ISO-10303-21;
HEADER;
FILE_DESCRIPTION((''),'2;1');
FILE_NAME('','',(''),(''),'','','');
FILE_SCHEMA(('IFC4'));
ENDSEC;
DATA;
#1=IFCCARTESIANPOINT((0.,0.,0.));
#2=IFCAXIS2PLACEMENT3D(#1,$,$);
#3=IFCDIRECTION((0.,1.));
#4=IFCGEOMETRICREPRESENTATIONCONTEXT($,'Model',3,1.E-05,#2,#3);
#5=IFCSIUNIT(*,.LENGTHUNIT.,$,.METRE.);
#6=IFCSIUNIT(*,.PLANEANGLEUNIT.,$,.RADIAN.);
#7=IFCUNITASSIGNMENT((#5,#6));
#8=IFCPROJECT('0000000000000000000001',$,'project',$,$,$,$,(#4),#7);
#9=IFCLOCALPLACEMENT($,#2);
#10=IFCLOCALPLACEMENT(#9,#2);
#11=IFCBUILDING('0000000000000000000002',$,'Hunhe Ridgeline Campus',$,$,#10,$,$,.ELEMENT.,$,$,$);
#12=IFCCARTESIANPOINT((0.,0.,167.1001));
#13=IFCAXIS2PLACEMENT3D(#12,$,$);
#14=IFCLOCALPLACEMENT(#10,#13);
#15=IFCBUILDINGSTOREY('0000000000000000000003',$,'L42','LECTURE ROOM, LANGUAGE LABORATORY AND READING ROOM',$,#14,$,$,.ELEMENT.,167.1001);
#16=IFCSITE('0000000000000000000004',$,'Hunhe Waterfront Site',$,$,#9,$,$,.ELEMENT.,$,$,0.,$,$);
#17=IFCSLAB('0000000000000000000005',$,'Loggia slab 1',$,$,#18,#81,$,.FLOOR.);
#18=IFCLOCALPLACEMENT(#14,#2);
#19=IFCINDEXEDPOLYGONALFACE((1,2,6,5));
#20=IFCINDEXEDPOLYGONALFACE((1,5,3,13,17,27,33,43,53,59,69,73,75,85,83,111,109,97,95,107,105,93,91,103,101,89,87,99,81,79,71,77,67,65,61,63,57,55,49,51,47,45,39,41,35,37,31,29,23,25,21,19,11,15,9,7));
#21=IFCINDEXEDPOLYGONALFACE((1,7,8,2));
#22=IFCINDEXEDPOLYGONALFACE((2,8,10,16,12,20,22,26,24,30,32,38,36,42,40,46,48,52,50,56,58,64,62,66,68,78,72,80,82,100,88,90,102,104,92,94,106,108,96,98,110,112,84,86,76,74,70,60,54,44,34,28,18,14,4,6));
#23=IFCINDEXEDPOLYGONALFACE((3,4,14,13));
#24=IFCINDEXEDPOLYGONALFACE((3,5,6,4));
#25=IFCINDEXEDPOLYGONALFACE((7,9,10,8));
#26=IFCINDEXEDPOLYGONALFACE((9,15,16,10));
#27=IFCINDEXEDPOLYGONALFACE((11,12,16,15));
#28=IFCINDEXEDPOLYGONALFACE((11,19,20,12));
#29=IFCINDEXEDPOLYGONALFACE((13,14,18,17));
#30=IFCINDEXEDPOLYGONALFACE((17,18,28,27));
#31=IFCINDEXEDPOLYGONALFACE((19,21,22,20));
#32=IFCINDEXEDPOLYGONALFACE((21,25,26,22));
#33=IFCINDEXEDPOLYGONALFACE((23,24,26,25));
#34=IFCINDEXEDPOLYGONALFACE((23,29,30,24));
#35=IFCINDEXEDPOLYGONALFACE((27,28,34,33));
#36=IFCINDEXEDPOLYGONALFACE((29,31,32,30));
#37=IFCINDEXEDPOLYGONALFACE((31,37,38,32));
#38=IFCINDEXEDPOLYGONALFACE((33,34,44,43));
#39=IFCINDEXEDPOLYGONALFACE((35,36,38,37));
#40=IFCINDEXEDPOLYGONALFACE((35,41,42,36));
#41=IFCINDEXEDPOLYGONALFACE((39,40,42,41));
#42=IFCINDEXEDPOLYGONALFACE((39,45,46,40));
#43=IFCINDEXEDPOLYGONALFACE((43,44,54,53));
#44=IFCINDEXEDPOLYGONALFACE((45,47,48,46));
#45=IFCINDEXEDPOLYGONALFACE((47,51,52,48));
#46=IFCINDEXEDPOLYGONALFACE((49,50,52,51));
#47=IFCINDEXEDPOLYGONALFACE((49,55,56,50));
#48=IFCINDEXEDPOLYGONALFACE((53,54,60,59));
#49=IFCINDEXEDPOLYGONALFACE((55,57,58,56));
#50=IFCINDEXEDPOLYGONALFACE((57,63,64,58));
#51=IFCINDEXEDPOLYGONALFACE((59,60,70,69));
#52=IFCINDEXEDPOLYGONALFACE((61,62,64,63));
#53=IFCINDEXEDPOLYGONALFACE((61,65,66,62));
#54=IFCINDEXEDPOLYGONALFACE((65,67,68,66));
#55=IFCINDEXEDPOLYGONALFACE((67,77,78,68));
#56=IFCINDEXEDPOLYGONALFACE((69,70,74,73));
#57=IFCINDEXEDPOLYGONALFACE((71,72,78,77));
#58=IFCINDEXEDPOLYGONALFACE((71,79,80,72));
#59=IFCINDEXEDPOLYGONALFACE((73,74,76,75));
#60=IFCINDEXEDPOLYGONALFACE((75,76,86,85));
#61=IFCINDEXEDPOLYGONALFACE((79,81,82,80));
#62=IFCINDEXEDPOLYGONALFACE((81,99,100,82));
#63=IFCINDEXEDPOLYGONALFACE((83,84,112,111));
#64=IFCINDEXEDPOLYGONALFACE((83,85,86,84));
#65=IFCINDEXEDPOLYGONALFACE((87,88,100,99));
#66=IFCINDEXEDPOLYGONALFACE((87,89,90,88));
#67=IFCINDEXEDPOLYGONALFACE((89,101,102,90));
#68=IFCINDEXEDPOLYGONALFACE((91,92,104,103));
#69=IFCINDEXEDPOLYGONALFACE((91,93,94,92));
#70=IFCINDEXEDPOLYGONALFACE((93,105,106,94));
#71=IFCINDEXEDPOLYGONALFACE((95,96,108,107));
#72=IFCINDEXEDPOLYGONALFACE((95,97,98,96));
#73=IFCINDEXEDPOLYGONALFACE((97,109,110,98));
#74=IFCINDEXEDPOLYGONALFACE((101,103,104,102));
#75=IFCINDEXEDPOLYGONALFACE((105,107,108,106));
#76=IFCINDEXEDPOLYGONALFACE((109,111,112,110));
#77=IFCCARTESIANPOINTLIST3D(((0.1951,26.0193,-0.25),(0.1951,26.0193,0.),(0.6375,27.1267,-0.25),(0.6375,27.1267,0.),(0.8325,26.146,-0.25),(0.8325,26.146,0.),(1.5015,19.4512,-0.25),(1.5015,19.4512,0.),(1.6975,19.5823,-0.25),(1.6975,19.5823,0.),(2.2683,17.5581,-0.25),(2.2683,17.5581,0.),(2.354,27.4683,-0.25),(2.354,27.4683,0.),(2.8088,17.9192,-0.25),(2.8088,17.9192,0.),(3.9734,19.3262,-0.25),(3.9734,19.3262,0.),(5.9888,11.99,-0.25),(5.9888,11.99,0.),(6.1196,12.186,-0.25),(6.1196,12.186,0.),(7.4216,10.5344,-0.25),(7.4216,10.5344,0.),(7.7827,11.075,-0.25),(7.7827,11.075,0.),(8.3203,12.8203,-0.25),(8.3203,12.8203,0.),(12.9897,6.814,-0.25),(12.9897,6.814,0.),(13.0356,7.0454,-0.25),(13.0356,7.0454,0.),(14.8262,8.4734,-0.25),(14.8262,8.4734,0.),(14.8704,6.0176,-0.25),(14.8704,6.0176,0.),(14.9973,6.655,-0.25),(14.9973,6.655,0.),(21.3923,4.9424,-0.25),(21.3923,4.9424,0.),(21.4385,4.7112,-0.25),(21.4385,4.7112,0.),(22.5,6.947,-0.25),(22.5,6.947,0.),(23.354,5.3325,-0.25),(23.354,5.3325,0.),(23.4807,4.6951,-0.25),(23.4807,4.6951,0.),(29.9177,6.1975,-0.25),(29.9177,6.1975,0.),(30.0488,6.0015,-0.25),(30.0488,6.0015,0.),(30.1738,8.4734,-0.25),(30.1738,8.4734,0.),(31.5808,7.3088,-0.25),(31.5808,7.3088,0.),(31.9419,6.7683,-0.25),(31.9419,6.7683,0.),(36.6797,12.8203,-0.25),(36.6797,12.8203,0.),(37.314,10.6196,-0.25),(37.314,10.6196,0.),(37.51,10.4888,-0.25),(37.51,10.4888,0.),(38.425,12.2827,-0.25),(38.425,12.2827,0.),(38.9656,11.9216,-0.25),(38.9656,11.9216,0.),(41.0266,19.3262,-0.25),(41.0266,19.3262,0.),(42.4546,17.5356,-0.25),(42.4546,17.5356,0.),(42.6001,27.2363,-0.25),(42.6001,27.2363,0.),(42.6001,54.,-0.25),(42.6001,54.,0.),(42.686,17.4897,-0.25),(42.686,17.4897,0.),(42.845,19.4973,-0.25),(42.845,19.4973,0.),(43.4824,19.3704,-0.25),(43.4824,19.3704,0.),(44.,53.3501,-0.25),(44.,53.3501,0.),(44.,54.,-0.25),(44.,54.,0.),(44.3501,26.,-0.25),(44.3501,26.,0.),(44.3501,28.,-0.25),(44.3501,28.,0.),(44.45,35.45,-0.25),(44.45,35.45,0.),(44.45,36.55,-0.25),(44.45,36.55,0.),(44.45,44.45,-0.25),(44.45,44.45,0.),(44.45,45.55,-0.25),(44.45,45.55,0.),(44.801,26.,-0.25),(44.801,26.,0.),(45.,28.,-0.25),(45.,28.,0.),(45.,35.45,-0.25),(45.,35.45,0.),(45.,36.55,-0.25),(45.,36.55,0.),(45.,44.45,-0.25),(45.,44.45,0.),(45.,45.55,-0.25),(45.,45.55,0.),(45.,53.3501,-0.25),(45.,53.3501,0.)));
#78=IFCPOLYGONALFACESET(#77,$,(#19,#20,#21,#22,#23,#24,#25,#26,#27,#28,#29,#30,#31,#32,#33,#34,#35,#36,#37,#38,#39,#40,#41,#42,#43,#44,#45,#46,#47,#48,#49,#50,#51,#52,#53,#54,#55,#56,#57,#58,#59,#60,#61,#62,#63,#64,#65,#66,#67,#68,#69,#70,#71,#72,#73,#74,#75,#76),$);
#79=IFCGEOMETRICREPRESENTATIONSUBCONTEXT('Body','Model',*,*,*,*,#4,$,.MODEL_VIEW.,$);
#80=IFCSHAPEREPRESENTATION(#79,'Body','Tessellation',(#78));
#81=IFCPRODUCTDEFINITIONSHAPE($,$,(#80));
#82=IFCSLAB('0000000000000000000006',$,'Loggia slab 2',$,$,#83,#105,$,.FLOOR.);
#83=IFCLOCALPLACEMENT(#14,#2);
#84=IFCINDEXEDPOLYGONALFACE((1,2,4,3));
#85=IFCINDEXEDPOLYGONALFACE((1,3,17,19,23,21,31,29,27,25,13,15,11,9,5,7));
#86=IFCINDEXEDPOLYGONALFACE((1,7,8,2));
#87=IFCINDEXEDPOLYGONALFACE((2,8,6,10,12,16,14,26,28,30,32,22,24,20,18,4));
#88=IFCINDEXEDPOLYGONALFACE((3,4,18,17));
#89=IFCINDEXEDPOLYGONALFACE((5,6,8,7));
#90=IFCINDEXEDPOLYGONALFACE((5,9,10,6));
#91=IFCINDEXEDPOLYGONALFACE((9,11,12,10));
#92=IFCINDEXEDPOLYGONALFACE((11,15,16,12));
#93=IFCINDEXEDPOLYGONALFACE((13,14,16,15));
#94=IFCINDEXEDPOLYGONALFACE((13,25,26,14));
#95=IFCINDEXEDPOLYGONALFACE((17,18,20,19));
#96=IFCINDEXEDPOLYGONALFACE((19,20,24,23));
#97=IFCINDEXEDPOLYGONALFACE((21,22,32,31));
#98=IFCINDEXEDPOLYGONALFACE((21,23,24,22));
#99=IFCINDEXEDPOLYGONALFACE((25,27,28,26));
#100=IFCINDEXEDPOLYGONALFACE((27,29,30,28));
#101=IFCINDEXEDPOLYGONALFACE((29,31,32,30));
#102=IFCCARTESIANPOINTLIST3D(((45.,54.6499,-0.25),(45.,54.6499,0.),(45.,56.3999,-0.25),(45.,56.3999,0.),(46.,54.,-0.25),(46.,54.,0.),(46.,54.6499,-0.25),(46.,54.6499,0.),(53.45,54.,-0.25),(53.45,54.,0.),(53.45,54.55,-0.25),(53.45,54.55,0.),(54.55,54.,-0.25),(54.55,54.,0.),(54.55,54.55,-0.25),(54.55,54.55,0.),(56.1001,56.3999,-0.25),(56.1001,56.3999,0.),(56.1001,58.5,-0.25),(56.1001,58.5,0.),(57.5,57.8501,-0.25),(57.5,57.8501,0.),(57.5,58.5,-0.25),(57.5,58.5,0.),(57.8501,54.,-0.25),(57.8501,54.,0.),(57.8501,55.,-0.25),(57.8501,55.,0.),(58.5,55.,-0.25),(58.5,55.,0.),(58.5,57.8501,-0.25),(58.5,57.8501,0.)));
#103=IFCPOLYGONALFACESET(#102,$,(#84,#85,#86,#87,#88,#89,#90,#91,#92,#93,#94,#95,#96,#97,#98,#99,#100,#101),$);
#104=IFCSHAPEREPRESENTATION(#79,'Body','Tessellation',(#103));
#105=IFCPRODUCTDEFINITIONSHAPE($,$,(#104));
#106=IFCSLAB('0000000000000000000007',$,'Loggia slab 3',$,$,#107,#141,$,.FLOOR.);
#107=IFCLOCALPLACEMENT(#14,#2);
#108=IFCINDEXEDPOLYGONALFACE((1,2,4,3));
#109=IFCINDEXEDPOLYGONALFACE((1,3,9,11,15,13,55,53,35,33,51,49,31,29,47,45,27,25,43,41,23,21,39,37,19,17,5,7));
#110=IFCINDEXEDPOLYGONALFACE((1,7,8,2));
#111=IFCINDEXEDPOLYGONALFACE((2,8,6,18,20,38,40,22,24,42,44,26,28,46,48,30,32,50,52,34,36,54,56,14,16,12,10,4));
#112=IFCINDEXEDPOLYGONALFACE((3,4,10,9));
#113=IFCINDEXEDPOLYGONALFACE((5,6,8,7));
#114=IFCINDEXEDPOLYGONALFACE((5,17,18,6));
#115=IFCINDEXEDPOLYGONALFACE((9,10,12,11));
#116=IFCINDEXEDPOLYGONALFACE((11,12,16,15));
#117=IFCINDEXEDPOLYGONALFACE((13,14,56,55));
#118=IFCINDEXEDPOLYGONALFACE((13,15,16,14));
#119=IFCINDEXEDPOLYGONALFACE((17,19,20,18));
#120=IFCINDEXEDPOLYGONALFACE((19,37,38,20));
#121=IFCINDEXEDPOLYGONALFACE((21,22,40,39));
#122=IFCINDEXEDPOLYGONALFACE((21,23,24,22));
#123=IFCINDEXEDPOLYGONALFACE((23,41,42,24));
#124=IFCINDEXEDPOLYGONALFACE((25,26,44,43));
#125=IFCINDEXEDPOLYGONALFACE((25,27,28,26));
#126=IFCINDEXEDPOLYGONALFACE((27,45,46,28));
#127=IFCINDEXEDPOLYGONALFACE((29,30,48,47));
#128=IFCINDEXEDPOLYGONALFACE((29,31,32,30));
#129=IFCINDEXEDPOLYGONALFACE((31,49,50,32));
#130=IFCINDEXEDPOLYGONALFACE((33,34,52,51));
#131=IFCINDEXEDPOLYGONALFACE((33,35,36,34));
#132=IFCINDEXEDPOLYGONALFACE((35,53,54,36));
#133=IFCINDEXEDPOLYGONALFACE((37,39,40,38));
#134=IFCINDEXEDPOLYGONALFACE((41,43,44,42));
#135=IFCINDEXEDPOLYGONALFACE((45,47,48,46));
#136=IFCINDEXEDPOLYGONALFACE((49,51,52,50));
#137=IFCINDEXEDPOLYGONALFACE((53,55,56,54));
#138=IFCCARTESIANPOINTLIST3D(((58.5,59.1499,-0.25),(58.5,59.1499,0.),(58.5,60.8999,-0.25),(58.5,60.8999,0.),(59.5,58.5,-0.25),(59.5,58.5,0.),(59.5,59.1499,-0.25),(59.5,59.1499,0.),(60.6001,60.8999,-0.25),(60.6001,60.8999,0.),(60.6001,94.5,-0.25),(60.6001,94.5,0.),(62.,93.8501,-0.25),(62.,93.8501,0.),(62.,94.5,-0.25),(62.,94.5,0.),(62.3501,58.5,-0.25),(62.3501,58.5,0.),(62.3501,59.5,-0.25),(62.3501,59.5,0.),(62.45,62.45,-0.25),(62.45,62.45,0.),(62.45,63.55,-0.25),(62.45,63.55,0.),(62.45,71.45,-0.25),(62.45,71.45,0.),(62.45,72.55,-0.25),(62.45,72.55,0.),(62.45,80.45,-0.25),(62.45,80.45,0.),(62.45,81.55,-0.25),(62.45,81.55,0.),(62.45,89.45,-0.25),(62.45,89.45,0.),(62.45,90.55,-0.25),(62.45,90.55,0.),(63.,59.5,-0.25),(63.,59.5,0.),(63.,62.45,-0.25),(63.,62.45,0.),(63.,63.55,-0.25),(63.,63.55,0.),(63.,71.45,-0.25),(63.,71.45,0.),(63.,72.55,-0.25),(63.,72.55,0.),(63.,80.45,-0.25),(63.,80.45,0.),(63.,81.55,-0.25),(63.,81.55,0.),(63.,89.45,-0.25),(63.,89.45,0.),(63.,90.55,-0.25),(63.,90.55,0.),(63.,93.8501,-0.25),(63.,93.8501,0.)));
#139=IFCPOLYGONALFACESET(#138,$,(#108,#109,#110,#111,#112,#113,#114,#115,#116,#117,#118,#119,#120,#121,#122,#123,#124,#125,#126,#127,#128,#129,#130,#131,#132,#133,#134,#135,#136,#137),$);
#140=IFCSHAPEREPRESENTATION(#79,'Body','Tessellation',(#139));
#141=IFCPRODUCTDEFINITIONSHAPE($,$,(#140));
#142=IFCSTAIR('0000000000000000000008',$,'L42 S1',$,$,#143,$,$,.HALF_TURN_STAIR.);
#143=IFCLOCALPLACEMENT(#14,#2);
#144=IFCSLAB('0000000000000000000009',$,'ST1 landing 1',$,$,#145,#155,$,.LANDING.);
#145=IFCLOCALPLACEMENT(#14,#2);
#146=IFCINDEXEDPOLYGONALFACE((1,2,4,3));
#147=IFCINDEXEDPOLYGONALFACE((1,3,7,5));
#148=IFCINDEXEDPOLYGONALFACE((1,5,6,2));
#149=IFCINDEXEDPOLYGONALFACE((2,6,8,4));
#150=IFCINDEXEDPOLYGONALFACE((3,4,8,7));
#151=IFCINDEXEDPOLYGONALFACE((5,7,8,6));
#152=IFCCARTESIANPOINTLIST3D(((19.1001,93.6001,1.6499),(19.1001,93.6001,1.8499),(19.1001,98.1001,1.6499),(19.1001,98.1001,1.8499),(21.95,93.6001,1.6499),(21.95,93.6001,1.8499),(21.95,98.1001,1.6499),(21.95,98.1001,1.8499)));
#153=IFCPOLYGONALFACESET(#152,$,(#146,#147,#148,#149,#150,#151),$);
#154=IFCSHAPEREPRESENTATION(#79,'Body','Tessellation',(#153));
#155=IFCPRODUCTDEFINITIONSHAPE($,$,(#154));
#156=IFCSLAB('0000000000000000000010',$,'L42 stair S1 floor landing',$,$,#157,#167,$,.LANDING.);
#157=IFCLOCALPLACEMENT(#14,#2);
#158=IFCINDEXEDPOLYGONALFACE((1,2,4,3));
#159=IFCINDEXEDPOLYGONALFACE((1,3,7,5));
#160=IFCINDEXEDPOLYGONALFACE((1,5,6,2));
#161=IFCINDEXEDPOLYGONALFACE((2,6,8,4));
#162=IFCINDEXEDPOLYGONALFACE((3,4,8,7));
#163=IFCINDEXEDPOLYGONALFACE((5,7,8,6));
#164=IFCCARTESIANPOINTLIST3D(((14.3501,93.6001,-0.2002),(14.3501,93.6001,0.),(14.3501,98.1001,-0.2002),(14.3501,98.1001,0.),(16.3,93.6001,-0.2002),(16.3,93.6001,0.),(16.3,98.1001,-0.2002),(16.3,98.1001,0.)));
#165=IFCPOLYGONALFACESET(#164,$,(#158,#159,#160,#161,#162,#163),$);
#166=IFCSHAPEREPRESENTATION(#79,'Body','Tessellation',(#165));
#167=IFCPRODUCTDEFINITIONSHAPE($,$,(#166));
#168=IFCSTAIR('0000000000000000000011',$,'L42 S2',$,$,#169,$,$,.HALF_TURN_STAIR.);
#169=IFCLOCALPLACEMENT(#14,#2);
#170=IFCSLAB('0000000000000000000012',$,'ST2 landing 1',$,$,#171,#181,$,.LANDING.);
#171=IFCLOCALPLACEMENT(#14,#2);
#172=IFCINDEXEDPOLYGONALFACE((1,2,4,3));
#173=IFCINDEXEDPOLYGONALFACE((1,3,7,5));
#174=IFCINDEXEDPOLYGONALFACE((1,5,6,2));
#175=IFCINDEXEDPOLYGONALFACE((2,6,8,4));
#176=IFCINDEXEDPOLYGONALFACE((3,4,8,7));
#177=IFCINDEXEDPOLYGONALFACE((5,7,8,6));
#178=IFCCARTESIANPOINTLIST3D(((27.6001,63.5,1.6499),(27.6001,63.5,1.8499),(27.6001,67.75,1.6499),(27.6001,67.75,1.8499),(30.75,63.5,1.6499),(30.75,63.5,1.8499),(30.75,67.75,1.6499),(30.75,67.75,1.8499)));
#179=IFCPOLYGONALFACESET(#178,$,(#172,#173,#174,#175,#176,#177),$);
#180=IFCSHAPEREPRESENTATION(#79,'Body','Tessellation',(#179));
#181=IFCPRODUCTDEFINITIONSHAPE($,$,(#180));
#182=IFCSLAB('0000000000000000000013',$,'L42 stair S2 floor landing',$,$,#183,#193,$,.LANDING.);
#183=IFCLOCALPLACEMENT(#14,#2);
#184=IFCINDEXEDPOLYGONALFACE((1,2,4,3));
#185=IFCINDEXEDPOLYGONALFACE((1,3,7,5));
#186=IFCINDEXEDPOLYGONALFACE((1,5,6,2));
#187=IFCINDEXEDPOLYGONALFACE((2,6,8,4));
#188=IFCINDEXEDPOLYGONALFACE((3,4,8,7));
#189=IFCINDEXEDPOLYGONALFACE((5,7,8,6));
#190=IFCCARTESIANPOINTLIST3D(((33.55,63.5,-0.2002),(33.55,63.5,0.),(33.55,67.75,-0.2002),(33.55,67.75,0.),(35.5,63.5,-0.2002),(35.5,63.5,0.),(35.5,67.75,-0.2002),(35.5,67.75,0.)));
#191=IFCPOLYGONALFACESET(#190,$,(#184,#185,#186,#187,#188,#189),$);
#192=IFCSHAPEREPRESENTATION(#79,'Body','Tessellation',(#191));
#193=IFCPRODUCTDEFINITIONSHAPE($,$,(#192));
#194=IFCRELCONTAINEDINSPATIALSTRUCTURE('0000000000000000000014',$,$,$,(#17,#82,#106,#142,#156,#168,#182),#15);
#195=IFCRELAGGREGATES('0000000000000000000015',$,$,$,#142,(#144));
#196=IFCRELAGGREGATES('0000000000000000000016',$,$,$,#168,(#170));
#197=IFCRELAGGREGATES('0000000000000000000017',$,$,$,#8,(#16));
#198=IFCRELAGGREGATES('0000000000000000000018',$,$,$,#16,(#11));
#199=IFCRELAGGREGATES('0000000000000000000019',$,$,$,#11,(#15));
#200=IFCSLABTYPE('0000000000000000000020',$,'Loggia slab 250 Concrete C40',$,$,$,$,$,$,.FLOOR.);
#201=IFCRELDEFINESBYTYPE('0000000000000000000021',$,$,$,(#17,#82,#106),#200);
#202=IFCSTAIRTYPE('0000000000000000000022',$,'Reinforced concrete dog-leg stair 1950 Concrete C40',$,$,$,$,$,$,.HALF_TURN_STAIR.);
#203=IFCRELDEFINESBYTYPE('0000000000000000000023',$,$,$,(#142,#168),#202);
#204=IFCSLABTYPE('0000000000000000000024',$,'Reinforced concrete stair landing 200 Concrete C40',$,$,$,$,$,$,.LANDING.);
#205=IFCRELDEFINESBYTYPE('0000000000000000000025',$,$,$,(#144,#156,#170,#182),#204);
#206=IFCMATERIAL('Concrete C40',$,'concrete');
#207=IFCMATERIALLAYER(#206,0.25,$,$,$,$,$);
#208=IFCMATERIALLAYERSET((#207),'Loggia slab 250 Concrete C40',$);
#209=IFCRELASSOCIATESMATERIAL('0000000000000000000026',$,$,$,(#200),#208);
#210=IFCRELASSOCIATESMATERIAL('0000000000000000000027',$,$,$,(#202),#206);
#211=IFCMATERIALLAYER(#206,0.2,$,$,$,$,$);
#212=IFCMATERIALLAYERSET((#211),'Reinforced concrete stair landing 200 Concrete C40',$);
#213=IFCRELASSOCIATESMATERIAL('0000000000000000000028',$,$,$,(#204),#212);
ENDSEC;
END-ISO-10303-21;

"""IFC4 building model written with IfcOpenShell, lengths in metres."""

from ifc_helpers import new_model, si_unit, direction, frame, origin, place, context, subcontext, project, spatial, polyline, outline, extrude, material, layer, layer_set, type_object, element, aggregate, save


model = new_model("IFC4")

# Units and contexts
model_context = context("Model", 3, precision=1e-05, world=origin(), true_north=direction((0.0, 1.0)))
body_context = subcontext(model_context, "Body", "Model", "MODEL_VIEW")
ifc_project = project(units=[si_unit("LENGTHUNIT", "METRE"), si_unit("PLANEANGLEUNIT", "RADIAN")], contexts=[model_context])

# Site, building, storey
site_placement = place(None, origin())
site = spatial("IfcSite", under=ifc_project, at=site_placement, Name="Hunhe Waterfront Site", CompositionType="ELEMENT", RefElevation=0.0)
building_placement = place(site_placement, origin())
building = spatial("IfcBuilding", under=site, at=building_placement, Name="Hunhe Ridgeline Campus", CompositionType="ELEMENT")
storey_placement = place(building_placement, frame((0.0, 0.0, 167.1001)))
storey = spatial("IfcBuildingStorey", under=building, at=storey_placement, Name="L42", Description="LECTURE ROOM, LANGUAGE LABORATORY AND READING ROOM", CompositionType="ELEMENT", Elevation=167.1001)

# Slabs
ifc_material_1 = material(Name="Concrete C40", Category="concrete")
ifc_layer_1 = layer(ifc_material_1, 0.25)
ifc_layer_set_1 = layer_set([ifc_layer_1], Name="Loggia slab 250 Concrete C40")
slab_type_1 = type_object("IfcSlabType", Name="Loggia slab 250 Concrete C40", PredefinedType="FLOOR", material=ifc_layer_set_1)
slab_1_placement = place(storey_placement, frame((0.0, 0.0, -0.25)))
element("IfcSlab", 1, at=slab_1_placement, inside=storey, type_object=slab_type_1, Name="Loggia slab 1", PredefinedType="FLOOR", context=body_context, shape_type="SweptSolid", body=[
    extrude(outline(polyline([(30.1738, 8.4734), (22.5, 6.947), (14.8262, 8.4734), (8.3203, 12.8203), (3.9734, 19.3262), (2.354, 27.4683), (0.6375, 27.1267), (0.8325, 26.146), (0.1951, 26.0193), (1.5015, 19.4512), (1.6975, 19.5823), (2.8088, 17.9192), (2.2683, 17.5581), (5.9888, 11.99), (6.1196, 12.186), (7.7827, 11.075), (7.4216, 10.5344), (12.9897, 6.814), (13.0356, 7.0454), (14.9973, 6.655), (14.8704, 6.0176), (21.4385, 4.7112), (21.3923, 4.9424), (23.354, 5.3325), (23.4807, 4.6951), (30.0488, 6.0015), (29.9177, 6.1975), (31.5808, 7.3088), (31.9419, 6.7683), (37.51, 10.4888), (37.314, 10.6196), (38.425, 12.2827), (38.9656, 11.9216), (42.686, 17.4897), (42.4546, 17.5356), (42.845, 19.4973), (43.4824, 19.3704), (44.801, 26.0), (44.3501, 26.0), (44.3501, 28.0), (45.0, 28.0), (45.0, 35.45), (44.45, 35.45), (44.45, 36.55), (45.0, 36.55), (45.0, 44.45), (44.45, 44.45), (44.45, 45.55), (45.0, 45.55), (45.0, 53.3501), (44.0, 53.3501), (44.0, 54.0), (42.6001, 54.0), (42.6001, 27.2363), (41.0266, 19.3262), (36.6797, 12.8203), (30.1738, 8.4734)])), origin(), (0.0, 0.0, 1.0), 0.25),
])
slab_2_placement = place(storey_placement, frame((0.0, 0.0, -0.25)))
element("IfcSlab", 2, at=slab_2_placement, inside=storey, type_object=slab_type_1, Name="Loggia slab 2", PredefinedType="FLOOR", context=body_context, shape_type="SweptSolid", body=[
    extrude(outline(polyline([(45.0, 54.6499), (46.0, 54.6499), (46.0, 54.0), (53.45, 54.0), (53.45, 54.55), (54.55, 54.55), (54.55, 54.0), (57.8501, 54.0), (57.8501, 55.0), (58.5, 55.0), (58.5, 57.8501), (57.5, 57.8501), (57.5, 58.5), (56.1001, 58.5), (56.1001, 56.3999), (45.0, 56.3999), (45.0, 54.6499)])), origin(), (0.0, 0.0, 1.0), 0.25),
])
slab_3_placement = place(storey_placement, frame((0.0, 0.0, -0.25)))
element("IfcSlab", 3, at=slab_3_placement, inside=storey, type_object=slab_type_1, Name="Loggia slab 3", PredefinedType="FLOOR", context=body_context, shape_type="SweptSolid", body=[
    extrude(outline(polyline([(58.5, 59.1499), (59.5, 59.1499), (59.5, 58.5), (62.3501, 58.5), (62.3501, 59.5), (63.0, 59.5), (63.0, 62.45), (62.45, 62.45), (62.45, 63.55), (63.0, 63.55), (63.0, 71.45), (62.45, 71.45), (62.45, 72.55), (63.0, 72.55), (63.0, 80.45), (62.45, 80.45), (62.45, 81.55), (63.0, 81.55), (63.0, 89.45), (62.45, 89.45), (62.45, 90.55), (63.0, 90.55), (63.0, 93.8501), (62.0, 93.8501), (62.0, 94.5), (60.6001, 94.5), (60.6001, 60.8999), (58.5, 60.8999), (58.5, 59.1499)])), origin(), (0.0, 0.0, 1.0), 0.25),
])

# Stair, slab
stair_type = type_object("IfcStairType", Name="Reinforced concrete dog-leg stair 1950 Concrete C40", PredefinedType="HALF_TURN_STAIR", material=ifc_material_1)
stair_1_placement = place(storey_placement, origin())
stair_1 = element("IfcStair", 4, at=stair_1_placement, inside=storey, type_object=stair_type, Name="L42 S1", PredefinedType="HALF_TURN_STAIR")
ifc_layer_2 = layer(ifc_material_1, 0.2)
ifc_layer_set_2 = layer_set([ifc_layer_2], Name="Reinforced concrete stair landing 200 Concrete C40")
slab_type_2 = type_object("IfcSlabType", Name="Reinforced concrete stair landing 200 Concrete C40", PredefinedType="LANDING", material=ifc_layer_set_2)
slab_4_placement = place(storey_placement, frame((0.0, 0.0, 1.6499)))
slab_4 = element("IfcSlab", 5, at=slab_4_placement, type_object=slab_type_2, Name="ST1 landing 1", PredefinedType="LANDING", context=body_context, shape_type="SweptSolid", body=[
    extrude(outline(polyline([(19.1001, 93.6001), (21.95, 93.6001), (21.95, 98.1001), (19.1001, 98.1001), (19.1001, 93.6001)])), origin(), (0.0, 0.0, 1.0), 0.2),
])
aggregate(stair_1, [slab_4])

# Slab
slab_5_placement = place(storey_placement, frame((0.0, 0.0, -0.2002)))
element("IfcSlab", 6, at=slab_5_placement, inside=storey, type_object=slab_type_2, Name="L42 stair S1 floor landing", PredefinedType="LANDING", context=body_context, shape_type="SweptSolid", body=[
    extrude(outline(polyline([(14.3501, 93.6001), (16.3, 93.6001), (16.3, 98.1001), (14.3501, 98.1001), (14.3501, 93.6001)])), origin(), (0.0, 0.0, 1.0), 0.2002),
])

# Stair, slab
stair_2_placement = place(storey_placement, origin())
stair_2 = element("IfcStair", 7, at=stair_2_placement, inside=storey, type_object=stair_type, Name="L42 S2", PredefinedType="HALF_TURN_STAIR")
slab_6_placement = place(storey_placement, frame((0.0, 0.0, 1.6499)))
slab_6 = element("IfcSlab", 8, at=slab_6_placement, type_object=slab_type_2, Name="ST2 landing 1", PredefinedType="LANDING", context=body_context, shape_type="SweptSolid", body=[
    extrude(outline(polyline([(30.75, 67.75), (27.6001, 67.75), (27.6001, 63.5), (30.75, 63.5), (30.75, 67.75)])), origin(), (0.0, 0.0, 1.0), 0.2),
])
aggregate(stair_2, [slab_6])

# Slab
slab_7_placement = place(storey_placement, frame((0.0, 0.0, -0.2002)))
element("IfcSlab", 9, at=slab_7_placement, inside=storey, type_object=slab_type_2, Name="L42 stair S2 floor landing", PredefinedType="LANDING", context=body_context, shape_type="SweptSolid", body=[
    extrude(outline(polyline([(35.5, 67.75), (33.55, 67.75), (33.55, 63.5), (35.5, 63.5), (35.5, 67.75)])), origin(), (0.0, 0.0, 1.0), 0.2002),
])

save(model, "model.ifc")
